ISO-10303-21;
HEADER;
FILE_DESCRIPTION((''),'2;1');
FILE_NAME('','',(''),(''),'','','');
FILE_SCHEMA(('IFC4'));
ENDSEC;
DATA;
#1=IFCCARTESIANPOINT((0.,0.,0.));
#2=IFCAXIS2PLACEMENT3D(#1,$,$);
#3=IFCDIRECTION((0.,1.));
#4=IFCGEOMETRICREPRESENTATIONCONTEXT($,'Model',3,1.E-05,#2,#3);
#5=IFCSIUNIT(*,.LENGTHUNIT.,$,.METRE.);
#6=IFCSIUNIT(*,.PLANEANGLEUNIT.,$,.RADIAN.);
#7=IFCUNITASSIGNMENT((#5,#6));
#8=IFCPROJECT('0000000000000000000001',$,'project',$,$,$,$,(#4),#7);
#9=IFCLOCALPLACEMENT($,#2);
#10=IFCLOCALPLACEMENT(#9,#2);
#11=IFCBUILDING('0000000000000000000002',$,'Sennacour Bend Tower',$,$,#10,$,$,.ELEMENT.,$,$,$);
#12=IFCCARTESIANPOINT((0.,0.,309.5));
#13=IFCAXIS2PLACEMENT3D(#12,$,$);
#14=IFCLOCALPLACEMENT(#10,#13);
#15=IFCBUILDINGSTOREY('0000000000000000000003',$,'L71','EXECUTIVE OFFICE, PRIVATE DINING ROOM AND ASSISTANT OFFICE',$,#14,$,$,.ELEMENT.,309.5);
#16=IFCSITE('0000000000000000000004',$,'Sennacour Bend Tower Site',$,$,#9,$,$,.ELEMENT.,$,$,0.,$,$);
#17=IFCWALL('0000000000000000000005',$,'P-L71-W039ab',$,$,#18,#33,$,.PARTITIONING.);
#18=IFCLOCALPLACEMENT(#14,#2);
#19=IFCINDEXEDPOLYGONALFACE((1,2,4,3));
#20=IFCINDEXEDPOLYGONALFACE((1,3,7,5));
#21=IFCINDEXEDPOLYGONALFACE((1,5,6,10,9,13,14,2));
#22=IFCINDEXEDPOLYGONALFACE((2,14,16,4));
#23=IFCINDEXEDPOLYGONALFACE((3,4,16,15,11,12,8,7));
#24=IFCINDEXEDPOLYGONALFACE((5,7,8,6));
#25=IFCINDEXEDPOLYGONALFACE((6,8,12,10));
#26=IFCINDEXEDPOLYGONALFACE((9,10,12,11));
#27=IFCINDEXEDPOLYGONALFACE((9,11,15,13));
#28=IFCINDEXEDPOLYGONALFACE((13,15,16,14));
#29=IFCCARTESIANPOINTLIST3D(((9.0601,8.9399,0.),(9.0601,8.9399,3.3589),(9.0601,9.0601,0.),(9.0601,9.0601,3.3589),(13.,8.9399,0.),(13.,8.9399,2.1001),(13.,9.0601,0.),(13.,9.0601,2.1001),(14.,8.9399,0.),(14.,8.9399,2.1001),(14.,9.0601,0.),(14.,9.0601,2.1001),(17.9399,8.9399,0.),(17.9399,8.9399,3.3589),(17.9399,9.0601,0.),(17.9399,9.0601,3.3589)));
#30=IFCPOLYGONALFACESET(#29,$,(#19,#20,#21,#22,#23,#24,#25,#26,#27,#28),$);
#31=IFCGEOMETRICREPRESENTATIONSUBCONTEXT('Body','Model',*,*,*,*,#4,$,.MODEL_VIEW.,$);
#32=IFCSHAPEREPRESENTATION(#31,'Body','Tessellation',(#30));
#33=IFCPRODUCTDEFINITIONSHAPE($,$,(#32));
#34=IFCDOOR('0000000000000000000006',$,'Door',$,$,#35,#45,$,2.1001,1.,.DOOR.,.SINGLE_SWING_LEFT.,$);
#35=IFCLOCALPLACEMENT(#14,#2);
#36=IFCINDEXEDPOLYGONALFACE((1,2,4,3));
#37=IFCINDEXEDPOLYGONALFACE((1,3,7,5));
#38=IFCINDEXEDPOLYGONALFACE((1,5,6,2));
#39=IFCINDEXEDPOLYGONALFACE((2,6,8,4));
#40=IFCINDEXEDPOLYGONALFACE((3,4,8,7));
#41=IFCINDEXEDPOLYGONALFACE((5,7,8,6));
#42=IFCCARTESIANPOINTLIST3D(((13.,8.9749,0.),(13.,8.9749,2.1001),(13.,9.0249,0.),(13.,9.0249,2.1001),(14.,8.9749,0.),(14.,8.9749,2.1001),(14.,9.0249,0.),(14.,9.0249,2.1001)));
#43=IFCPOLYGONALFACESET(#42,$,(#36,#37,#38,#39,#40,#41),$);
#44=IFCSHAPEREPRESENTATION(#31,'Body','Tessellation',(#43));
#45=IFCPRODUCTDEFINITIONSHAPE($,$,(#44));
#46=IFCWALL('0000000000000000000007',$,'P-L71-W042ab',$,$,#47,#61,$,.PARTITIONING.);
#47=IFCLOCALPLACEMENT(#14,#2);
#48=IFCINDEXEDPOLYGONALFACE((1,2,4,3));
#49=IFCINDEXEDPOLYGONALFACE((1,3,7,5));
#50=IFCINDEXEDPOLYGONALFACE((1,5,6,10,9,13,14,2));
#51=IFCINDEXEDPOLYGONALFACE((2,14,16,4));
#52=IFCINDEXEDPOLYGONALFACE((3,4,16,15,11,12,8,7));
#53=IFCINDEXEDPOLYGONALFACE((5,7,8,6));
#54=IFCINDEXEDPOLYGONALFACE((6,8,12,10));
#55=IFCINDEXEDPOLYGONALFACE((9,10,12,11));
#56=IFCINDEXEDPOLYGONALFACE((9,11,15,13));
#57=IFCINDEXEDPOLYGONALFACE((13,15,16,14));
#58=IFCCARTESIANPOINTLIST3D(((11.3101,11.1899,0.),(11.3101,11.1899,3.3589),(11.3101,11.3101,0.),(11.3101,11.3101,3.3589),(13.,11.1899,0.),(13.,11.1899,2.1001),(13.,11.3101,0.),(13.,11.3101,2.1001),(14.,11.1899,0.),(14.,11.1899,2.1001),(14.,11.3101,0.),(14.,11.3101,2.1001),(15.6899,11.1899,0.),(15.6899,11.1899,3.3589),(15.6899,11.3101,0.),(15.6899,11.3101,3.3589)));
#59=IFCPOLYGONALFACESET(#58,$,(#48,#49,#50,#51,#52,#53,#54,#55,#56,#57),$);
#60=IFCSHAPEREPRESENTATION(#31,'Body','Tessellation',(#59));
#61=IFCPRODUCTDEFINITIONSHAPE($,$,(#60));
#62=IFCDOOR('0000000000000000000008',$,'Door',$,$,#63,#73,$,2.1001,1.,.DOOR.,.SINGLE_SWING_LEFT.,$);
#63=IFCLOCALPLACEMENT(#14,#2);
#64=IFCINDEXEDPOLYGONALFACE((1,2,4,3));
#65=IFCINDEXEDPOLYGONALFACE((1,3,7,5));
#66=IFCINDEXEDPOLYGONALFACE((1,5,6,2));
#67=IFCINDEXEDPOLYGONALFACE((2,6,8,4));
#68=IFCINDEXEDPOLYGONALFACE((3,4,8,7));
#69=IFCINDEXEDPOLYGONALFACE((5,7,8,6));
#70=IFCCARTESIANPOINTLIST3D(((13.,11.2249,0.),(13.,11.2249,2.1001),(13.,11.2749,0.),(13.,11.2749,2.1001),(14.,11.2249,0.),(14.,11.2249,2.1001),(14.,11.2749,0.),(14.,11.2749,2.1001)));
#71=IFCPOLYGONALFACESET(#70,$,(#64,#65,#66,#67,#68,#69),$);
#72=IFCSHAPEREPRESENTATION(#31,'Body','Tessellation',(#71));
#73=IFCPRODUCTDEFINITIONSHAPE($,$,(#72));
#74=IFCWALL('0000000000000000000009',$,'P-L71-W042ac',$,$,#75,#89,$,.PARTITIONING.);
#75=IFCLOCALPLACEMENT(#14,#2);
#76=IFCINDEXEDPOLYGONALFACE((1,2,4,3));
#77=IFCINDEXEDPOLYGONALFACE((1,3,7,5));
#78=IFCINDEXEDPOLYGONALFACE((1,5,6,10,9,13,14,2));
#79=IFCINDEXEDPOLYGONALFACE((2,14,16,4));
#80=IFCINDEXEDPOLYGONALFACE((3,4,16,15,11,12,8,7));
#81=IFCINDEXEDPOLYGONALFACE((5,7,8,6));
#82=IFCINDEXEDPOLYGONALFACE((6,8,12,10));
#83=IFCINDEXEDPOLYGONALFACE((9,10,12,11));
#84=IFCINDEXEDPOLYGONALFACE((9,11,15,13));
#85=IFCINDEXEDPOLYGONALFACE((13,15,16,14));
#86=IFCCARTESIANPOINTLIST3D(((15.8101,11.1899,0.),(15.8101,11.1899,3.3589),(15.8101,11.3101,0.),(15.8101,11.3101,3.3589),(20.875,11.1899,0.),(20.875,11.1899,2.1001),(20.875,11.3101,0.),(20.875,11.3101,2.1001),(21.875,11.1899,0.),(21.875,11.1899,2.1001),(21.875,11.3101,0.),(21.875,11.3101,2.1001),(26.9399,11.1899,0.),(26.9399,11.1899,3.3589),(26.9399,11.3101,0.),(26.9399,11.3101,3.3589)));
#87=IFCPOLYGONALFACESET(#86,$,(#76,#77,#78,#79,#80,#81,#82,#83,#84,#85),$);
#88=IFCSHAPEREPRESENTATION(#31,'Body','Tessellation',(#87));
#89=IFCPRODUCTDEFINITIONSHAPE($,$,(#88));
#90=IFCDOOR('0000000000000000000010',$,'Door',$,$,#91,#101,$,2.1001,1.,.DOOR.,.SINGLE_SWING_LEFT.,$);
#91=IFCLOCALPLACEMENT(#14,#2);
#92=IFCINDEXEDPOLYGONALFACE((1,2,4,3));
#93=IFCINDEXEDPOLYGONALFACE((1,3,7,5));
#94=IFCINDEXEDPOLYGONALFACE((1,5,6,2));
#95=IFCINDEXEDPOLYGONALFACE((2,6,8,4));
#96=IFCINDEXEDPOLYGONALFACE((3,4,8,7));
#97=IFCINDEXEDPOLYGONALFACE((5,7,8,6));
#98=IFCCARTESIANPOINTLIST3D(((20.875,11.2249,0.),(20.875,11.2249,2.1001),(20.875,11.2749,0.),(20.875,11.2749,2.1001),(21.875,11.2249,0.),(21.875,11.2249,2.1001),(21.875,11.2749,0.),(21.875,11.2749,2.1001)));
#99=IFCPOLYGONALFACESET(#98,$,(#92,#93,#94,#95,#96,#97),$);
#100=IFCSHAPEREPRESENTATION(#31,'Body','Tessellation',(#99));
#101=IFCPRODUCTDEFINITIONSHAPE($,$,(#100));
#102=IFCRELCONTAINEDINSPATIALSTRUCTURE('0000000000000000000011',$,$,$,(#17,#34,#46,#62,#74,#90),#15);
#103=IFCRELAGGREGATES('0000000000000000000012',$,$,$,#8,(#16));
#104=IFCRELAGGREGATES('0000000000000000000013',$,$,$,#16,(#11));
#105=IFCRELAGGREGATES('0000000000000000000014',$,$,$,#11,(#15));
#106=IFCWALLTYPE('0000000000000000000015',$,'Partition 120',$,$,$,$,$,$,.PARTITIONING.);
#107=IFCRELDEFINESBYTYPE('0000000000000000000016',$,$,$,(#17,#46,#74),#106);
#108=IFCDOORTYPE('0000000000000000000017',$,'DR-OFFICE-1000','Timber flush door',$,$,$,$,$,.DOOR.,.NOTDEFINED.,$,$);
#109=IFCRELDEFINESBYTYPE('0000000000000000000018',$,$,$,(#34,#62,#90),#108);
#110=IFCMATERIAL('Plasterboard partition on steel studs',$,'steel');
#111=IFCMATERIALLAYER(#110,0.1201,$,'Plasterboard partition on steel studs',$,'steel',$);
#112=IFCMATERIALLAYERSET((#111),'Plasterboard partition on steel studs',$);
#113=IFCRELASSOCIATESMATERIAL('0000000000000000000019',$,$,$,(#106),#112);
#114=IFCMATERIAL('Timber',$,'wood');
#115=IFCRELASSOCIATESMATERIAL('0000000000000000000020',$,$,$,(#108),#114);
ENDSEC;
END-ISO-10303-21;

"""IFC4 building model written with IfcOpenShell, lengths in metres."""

from ifc_helpers import new_model, si_unit, direction, frame, frame_2d, origin, place, context, subcontext, project, spatial, rectangle, extrude, material, layer, layer_set, type_object, element, fill, save


model = new_model("IFC4")

# Units and contexts
model_context = context("Model", 3, precision=1e-05, world=origin(), true_north=direction((0.0, 1.0)))
body_context = subcontext(model_context, "Body", "Model", "MODEL_VIEW")
ifc_project = project(units=[si_unit("LENGTHUNIT", "METRE"), si_unit("PLANEANGLEUNIT", "RADIAN")], contexts=[model_context])

# Site, building, storey
site_placement = place(None, origin())
site = spatial("IfcSite", under=ifc_project, at=site_placement, Name="Sennacour Bend Tower Site", CompositionType="ELEMENT", RefElevation=0.0)
building_placement = place(site_placement, origin())
building = spatial("IfcBuilding", under=site, at=building_placement, Name="Sennacour Bend Tower", CompositionType="ELEMENT")
storey_placement = place(building_placement, frame((0.0, 0.0, 309.5)))
storey = spatial("IfcBuildingStorey", under=building, at=storey_placement, Name="L71", Description="EXECUTIVE OFFICE, PRIVATE DINING ROOM AND ASSISTANT OFFICE", CompositionType="ELEMENT", Elevation=309.5)

# Shared definitions
ifc_material_1 = material(Name="Plasterboard partition on steel studs", Category="steel")
ifc_layer_1 = layer(ifc_material_1, 0.1201, Name="Plasterboard partition on steel studs", Category="steel")
ifc_layer_set_1 = layer_set([ifc_layer_1], Name="Plasterboard partition on steel studs")
wall_type = type_object("IfcWallType", Name="Partition 120", PredefinedType="PARTITIONING", material=ifc_layer_set_1)

# Walls, openings, doors
wall_1_placement = place(storey_placement, frame((9.0601, 9.0, 0.0), z_axis=(0.0, 0.0, 1.0), x_axis=(1.0, 0.0, 0.0)))
wall_1 = element("IfcWall", 1, at=wall_1_placement, inside=storey, type_object=wall_type, Name="P-L71-W039ab", PredefinedType="PARTITIONING", context=body_context, shape_type="SweptSolid", body=[
    extrude(rectangle(XDim=8.8799, YDim=0.1201, at=frame_2d((4.4399, 0.0))), origin(), (0.0, 0.0, 1.0), 3.3589),
])
opening_1_placement = place(wall_1_placement, frame((3.9399, 0.0, 0.0)))
opening_1 = element("IfcOpeningElement", 2, at=opening_1_placement, cuts=wall_1, PredefinedType="OPENING", context=body_context, shape_type="SweptSolid", body=[
    extrude(rectangle(XDim=1.0, YDim=2.1001, at=frame_2d((0.5, 1.05))), frame((0.0, 0.0701, 0.0), z_axis=(0.0, -1.0, 0.0), x_axis=(1.0, 0.0, 0.0)), (0.0, 0.0, 1.0), 0.1401),
])
ifc_material_2 = material(Name="Timber", Category="wood")
door_type = type_object("IfcDoorType", Name="DR-OFFICE-1000", Description="Timber flush door", OperationType="NOTDEFINED", PredefinedType="DOOR", material=ifc_material_2)
door_1_placement = place(opening_1_placement, origin())
door_1 = element("IfcDoor", 3, at=door_1_placement, inside=storey, type_object=door_type, Name="Door", OperationType="SINGLE_SWING_LEFT", OverallHeight=2.1001, OverallWidth=1.0, PredefinedType="DOOR", context=body_context, shape_type="SweptSolid", body=[
    extrude(rectangle(XDim=1.0, YDim=2.1001, at=frame_2d((0.5, 1.05))), frame((0.0, 0.0249, 0.0), z_axis=(0.0, -1.0, 0.0), x_axis=(1.0, 0.0, 0.0)), (0.0, 0.0, 1.0), 0.05),
])
fill(opening_1, door_1)
wall_2_placement = place(storey_placement, frame((11.3101, 11.25, 0.0), z_axis=(0.0, 0.0, 1.0), x_axis=(1.0, 0.0, 0.0)))
wall_2 = element("IfcWall", 4, at=wall_2_placement, inside=storey, type_object=wall_type, Name="P-L71-W042ab", PredefinedType="PARTITIONING", context=body_context, shape_type="SweptSolid", body=[
    extrude(rectangle(XDim=4.3799, YDim=0.1201, at=frame_2d((2.1899, 0.0))), origin(), (0.0, 0.0, 1.0), 3.3589),
])
opening_2_placement = place(wall_2_placement, frame((1.6899, 0.0, 0.0)))
opening_2 = element("IfcOpeningElement", 5, at=opening_2_placement, cuts=wall_2, PredefinedType="OPENING", context=body_context, shape_type="SweptSolid", body=[
    extrude(rectangle(XDim=1.0, YDim=2.1001, at=frame_2d((0.5, 1.05))), frame((0.0, 0.0701, 0.0), z_axis=(0.0, -1.0, 0.0), x_axis=(1.0, 0.0, 0.0)), (0.0, 0.0, 1.0), 0.1401),
])
door_2_placement = place(opening_2_placement, origin())
door_2 = element("IfcDoor", 6, at=door_2_placement, inside=storey, type_object=door_type, Name="Door", OperationType="SINGLE_SWING_LEFT", OverallHeight=2.1001, OverallWidth=1.0, PredefinedType="DOOR", context=body_context, shape_type="SweptSolid", body=[
    extrude(rectangle(XDim=1.0, YDim=2.1001, at=frame_2d((0.5, 1.05))), frame((0.0, 0.0249, 0.0), z_axis=(0.0, -1.0, 0.0), x_axis=(1.0, 0.0, 0.0)), (0.0, 0.0, 1.0), 0.05),
])
fill(opening_2, door_2)
wall_3_placement = place(storey_placement, frame((15.8101, 11.25, 0.0), z_axis=(0.0, 0.0, 1.0), x_axis=(1.0, 0.0, 0.0)))
wall_3 = element("IfcWall", 7, at=wall_3_placement, inside=storey, type_object=wall_type, Name="P-L71-W042ac", PredefinedType="PARTITIONING", context=body_context, shape_type="SweptSolid", body=[
    extrude(rectangle(XDim=11.1299, YDim=0.1201, at=frame_2d((5.5649, 0.0))), origin(), (0.0, 0.0, 1.0), 3.3589),
])
opening_3_placement = place(wall_3_placement, frame((5.0649, 0.0, 0.0)))
opening_3 = element("IfcOpeningElement", 8, at=opening_3_placement, cuts=wall_3, PredefinedType="OPENING", context=body_context, shape_type="SweptSolid", body=[
    extrude(rectangle(XDim=1.0, YDim=2.1001, at=frame_2d((0.5, 1.05))), frame((0.0, 0.0701, 0.0), z_axis=(0.0, -1.0, 0.0), x_axis=(1.0, 0.0, 0.0)), (0.0, 0.0, 1.0), 0.1401),
])
door_3_placement = place(opening_3_placement, origin())
door_3 = element("IfcDoor", 9, at=door_3_placement, inside=storey, type_object=door_type, Name="Door", OperationType="SINGLE_SWING_LEFT", OverallHeight=2.1001, OverallWidth=1.0, PredefinedType="DOOR", context=body_context, shape_type="SweptSolid", body=[
    extrude(rectangle(XDim=1.0, YDim=2.1001, at=frame_2d((0.5, 1.05))), frame((0.0, 0.0249, 0.0), z_axis=(0.0, -1.0, 0.0), x_axis=(1.0, 0.0, 0.0)), (0.0, 0.0, 1.0), 0.05),
])
fill(opening_3, door_3)

save(model, "model.ifc")
